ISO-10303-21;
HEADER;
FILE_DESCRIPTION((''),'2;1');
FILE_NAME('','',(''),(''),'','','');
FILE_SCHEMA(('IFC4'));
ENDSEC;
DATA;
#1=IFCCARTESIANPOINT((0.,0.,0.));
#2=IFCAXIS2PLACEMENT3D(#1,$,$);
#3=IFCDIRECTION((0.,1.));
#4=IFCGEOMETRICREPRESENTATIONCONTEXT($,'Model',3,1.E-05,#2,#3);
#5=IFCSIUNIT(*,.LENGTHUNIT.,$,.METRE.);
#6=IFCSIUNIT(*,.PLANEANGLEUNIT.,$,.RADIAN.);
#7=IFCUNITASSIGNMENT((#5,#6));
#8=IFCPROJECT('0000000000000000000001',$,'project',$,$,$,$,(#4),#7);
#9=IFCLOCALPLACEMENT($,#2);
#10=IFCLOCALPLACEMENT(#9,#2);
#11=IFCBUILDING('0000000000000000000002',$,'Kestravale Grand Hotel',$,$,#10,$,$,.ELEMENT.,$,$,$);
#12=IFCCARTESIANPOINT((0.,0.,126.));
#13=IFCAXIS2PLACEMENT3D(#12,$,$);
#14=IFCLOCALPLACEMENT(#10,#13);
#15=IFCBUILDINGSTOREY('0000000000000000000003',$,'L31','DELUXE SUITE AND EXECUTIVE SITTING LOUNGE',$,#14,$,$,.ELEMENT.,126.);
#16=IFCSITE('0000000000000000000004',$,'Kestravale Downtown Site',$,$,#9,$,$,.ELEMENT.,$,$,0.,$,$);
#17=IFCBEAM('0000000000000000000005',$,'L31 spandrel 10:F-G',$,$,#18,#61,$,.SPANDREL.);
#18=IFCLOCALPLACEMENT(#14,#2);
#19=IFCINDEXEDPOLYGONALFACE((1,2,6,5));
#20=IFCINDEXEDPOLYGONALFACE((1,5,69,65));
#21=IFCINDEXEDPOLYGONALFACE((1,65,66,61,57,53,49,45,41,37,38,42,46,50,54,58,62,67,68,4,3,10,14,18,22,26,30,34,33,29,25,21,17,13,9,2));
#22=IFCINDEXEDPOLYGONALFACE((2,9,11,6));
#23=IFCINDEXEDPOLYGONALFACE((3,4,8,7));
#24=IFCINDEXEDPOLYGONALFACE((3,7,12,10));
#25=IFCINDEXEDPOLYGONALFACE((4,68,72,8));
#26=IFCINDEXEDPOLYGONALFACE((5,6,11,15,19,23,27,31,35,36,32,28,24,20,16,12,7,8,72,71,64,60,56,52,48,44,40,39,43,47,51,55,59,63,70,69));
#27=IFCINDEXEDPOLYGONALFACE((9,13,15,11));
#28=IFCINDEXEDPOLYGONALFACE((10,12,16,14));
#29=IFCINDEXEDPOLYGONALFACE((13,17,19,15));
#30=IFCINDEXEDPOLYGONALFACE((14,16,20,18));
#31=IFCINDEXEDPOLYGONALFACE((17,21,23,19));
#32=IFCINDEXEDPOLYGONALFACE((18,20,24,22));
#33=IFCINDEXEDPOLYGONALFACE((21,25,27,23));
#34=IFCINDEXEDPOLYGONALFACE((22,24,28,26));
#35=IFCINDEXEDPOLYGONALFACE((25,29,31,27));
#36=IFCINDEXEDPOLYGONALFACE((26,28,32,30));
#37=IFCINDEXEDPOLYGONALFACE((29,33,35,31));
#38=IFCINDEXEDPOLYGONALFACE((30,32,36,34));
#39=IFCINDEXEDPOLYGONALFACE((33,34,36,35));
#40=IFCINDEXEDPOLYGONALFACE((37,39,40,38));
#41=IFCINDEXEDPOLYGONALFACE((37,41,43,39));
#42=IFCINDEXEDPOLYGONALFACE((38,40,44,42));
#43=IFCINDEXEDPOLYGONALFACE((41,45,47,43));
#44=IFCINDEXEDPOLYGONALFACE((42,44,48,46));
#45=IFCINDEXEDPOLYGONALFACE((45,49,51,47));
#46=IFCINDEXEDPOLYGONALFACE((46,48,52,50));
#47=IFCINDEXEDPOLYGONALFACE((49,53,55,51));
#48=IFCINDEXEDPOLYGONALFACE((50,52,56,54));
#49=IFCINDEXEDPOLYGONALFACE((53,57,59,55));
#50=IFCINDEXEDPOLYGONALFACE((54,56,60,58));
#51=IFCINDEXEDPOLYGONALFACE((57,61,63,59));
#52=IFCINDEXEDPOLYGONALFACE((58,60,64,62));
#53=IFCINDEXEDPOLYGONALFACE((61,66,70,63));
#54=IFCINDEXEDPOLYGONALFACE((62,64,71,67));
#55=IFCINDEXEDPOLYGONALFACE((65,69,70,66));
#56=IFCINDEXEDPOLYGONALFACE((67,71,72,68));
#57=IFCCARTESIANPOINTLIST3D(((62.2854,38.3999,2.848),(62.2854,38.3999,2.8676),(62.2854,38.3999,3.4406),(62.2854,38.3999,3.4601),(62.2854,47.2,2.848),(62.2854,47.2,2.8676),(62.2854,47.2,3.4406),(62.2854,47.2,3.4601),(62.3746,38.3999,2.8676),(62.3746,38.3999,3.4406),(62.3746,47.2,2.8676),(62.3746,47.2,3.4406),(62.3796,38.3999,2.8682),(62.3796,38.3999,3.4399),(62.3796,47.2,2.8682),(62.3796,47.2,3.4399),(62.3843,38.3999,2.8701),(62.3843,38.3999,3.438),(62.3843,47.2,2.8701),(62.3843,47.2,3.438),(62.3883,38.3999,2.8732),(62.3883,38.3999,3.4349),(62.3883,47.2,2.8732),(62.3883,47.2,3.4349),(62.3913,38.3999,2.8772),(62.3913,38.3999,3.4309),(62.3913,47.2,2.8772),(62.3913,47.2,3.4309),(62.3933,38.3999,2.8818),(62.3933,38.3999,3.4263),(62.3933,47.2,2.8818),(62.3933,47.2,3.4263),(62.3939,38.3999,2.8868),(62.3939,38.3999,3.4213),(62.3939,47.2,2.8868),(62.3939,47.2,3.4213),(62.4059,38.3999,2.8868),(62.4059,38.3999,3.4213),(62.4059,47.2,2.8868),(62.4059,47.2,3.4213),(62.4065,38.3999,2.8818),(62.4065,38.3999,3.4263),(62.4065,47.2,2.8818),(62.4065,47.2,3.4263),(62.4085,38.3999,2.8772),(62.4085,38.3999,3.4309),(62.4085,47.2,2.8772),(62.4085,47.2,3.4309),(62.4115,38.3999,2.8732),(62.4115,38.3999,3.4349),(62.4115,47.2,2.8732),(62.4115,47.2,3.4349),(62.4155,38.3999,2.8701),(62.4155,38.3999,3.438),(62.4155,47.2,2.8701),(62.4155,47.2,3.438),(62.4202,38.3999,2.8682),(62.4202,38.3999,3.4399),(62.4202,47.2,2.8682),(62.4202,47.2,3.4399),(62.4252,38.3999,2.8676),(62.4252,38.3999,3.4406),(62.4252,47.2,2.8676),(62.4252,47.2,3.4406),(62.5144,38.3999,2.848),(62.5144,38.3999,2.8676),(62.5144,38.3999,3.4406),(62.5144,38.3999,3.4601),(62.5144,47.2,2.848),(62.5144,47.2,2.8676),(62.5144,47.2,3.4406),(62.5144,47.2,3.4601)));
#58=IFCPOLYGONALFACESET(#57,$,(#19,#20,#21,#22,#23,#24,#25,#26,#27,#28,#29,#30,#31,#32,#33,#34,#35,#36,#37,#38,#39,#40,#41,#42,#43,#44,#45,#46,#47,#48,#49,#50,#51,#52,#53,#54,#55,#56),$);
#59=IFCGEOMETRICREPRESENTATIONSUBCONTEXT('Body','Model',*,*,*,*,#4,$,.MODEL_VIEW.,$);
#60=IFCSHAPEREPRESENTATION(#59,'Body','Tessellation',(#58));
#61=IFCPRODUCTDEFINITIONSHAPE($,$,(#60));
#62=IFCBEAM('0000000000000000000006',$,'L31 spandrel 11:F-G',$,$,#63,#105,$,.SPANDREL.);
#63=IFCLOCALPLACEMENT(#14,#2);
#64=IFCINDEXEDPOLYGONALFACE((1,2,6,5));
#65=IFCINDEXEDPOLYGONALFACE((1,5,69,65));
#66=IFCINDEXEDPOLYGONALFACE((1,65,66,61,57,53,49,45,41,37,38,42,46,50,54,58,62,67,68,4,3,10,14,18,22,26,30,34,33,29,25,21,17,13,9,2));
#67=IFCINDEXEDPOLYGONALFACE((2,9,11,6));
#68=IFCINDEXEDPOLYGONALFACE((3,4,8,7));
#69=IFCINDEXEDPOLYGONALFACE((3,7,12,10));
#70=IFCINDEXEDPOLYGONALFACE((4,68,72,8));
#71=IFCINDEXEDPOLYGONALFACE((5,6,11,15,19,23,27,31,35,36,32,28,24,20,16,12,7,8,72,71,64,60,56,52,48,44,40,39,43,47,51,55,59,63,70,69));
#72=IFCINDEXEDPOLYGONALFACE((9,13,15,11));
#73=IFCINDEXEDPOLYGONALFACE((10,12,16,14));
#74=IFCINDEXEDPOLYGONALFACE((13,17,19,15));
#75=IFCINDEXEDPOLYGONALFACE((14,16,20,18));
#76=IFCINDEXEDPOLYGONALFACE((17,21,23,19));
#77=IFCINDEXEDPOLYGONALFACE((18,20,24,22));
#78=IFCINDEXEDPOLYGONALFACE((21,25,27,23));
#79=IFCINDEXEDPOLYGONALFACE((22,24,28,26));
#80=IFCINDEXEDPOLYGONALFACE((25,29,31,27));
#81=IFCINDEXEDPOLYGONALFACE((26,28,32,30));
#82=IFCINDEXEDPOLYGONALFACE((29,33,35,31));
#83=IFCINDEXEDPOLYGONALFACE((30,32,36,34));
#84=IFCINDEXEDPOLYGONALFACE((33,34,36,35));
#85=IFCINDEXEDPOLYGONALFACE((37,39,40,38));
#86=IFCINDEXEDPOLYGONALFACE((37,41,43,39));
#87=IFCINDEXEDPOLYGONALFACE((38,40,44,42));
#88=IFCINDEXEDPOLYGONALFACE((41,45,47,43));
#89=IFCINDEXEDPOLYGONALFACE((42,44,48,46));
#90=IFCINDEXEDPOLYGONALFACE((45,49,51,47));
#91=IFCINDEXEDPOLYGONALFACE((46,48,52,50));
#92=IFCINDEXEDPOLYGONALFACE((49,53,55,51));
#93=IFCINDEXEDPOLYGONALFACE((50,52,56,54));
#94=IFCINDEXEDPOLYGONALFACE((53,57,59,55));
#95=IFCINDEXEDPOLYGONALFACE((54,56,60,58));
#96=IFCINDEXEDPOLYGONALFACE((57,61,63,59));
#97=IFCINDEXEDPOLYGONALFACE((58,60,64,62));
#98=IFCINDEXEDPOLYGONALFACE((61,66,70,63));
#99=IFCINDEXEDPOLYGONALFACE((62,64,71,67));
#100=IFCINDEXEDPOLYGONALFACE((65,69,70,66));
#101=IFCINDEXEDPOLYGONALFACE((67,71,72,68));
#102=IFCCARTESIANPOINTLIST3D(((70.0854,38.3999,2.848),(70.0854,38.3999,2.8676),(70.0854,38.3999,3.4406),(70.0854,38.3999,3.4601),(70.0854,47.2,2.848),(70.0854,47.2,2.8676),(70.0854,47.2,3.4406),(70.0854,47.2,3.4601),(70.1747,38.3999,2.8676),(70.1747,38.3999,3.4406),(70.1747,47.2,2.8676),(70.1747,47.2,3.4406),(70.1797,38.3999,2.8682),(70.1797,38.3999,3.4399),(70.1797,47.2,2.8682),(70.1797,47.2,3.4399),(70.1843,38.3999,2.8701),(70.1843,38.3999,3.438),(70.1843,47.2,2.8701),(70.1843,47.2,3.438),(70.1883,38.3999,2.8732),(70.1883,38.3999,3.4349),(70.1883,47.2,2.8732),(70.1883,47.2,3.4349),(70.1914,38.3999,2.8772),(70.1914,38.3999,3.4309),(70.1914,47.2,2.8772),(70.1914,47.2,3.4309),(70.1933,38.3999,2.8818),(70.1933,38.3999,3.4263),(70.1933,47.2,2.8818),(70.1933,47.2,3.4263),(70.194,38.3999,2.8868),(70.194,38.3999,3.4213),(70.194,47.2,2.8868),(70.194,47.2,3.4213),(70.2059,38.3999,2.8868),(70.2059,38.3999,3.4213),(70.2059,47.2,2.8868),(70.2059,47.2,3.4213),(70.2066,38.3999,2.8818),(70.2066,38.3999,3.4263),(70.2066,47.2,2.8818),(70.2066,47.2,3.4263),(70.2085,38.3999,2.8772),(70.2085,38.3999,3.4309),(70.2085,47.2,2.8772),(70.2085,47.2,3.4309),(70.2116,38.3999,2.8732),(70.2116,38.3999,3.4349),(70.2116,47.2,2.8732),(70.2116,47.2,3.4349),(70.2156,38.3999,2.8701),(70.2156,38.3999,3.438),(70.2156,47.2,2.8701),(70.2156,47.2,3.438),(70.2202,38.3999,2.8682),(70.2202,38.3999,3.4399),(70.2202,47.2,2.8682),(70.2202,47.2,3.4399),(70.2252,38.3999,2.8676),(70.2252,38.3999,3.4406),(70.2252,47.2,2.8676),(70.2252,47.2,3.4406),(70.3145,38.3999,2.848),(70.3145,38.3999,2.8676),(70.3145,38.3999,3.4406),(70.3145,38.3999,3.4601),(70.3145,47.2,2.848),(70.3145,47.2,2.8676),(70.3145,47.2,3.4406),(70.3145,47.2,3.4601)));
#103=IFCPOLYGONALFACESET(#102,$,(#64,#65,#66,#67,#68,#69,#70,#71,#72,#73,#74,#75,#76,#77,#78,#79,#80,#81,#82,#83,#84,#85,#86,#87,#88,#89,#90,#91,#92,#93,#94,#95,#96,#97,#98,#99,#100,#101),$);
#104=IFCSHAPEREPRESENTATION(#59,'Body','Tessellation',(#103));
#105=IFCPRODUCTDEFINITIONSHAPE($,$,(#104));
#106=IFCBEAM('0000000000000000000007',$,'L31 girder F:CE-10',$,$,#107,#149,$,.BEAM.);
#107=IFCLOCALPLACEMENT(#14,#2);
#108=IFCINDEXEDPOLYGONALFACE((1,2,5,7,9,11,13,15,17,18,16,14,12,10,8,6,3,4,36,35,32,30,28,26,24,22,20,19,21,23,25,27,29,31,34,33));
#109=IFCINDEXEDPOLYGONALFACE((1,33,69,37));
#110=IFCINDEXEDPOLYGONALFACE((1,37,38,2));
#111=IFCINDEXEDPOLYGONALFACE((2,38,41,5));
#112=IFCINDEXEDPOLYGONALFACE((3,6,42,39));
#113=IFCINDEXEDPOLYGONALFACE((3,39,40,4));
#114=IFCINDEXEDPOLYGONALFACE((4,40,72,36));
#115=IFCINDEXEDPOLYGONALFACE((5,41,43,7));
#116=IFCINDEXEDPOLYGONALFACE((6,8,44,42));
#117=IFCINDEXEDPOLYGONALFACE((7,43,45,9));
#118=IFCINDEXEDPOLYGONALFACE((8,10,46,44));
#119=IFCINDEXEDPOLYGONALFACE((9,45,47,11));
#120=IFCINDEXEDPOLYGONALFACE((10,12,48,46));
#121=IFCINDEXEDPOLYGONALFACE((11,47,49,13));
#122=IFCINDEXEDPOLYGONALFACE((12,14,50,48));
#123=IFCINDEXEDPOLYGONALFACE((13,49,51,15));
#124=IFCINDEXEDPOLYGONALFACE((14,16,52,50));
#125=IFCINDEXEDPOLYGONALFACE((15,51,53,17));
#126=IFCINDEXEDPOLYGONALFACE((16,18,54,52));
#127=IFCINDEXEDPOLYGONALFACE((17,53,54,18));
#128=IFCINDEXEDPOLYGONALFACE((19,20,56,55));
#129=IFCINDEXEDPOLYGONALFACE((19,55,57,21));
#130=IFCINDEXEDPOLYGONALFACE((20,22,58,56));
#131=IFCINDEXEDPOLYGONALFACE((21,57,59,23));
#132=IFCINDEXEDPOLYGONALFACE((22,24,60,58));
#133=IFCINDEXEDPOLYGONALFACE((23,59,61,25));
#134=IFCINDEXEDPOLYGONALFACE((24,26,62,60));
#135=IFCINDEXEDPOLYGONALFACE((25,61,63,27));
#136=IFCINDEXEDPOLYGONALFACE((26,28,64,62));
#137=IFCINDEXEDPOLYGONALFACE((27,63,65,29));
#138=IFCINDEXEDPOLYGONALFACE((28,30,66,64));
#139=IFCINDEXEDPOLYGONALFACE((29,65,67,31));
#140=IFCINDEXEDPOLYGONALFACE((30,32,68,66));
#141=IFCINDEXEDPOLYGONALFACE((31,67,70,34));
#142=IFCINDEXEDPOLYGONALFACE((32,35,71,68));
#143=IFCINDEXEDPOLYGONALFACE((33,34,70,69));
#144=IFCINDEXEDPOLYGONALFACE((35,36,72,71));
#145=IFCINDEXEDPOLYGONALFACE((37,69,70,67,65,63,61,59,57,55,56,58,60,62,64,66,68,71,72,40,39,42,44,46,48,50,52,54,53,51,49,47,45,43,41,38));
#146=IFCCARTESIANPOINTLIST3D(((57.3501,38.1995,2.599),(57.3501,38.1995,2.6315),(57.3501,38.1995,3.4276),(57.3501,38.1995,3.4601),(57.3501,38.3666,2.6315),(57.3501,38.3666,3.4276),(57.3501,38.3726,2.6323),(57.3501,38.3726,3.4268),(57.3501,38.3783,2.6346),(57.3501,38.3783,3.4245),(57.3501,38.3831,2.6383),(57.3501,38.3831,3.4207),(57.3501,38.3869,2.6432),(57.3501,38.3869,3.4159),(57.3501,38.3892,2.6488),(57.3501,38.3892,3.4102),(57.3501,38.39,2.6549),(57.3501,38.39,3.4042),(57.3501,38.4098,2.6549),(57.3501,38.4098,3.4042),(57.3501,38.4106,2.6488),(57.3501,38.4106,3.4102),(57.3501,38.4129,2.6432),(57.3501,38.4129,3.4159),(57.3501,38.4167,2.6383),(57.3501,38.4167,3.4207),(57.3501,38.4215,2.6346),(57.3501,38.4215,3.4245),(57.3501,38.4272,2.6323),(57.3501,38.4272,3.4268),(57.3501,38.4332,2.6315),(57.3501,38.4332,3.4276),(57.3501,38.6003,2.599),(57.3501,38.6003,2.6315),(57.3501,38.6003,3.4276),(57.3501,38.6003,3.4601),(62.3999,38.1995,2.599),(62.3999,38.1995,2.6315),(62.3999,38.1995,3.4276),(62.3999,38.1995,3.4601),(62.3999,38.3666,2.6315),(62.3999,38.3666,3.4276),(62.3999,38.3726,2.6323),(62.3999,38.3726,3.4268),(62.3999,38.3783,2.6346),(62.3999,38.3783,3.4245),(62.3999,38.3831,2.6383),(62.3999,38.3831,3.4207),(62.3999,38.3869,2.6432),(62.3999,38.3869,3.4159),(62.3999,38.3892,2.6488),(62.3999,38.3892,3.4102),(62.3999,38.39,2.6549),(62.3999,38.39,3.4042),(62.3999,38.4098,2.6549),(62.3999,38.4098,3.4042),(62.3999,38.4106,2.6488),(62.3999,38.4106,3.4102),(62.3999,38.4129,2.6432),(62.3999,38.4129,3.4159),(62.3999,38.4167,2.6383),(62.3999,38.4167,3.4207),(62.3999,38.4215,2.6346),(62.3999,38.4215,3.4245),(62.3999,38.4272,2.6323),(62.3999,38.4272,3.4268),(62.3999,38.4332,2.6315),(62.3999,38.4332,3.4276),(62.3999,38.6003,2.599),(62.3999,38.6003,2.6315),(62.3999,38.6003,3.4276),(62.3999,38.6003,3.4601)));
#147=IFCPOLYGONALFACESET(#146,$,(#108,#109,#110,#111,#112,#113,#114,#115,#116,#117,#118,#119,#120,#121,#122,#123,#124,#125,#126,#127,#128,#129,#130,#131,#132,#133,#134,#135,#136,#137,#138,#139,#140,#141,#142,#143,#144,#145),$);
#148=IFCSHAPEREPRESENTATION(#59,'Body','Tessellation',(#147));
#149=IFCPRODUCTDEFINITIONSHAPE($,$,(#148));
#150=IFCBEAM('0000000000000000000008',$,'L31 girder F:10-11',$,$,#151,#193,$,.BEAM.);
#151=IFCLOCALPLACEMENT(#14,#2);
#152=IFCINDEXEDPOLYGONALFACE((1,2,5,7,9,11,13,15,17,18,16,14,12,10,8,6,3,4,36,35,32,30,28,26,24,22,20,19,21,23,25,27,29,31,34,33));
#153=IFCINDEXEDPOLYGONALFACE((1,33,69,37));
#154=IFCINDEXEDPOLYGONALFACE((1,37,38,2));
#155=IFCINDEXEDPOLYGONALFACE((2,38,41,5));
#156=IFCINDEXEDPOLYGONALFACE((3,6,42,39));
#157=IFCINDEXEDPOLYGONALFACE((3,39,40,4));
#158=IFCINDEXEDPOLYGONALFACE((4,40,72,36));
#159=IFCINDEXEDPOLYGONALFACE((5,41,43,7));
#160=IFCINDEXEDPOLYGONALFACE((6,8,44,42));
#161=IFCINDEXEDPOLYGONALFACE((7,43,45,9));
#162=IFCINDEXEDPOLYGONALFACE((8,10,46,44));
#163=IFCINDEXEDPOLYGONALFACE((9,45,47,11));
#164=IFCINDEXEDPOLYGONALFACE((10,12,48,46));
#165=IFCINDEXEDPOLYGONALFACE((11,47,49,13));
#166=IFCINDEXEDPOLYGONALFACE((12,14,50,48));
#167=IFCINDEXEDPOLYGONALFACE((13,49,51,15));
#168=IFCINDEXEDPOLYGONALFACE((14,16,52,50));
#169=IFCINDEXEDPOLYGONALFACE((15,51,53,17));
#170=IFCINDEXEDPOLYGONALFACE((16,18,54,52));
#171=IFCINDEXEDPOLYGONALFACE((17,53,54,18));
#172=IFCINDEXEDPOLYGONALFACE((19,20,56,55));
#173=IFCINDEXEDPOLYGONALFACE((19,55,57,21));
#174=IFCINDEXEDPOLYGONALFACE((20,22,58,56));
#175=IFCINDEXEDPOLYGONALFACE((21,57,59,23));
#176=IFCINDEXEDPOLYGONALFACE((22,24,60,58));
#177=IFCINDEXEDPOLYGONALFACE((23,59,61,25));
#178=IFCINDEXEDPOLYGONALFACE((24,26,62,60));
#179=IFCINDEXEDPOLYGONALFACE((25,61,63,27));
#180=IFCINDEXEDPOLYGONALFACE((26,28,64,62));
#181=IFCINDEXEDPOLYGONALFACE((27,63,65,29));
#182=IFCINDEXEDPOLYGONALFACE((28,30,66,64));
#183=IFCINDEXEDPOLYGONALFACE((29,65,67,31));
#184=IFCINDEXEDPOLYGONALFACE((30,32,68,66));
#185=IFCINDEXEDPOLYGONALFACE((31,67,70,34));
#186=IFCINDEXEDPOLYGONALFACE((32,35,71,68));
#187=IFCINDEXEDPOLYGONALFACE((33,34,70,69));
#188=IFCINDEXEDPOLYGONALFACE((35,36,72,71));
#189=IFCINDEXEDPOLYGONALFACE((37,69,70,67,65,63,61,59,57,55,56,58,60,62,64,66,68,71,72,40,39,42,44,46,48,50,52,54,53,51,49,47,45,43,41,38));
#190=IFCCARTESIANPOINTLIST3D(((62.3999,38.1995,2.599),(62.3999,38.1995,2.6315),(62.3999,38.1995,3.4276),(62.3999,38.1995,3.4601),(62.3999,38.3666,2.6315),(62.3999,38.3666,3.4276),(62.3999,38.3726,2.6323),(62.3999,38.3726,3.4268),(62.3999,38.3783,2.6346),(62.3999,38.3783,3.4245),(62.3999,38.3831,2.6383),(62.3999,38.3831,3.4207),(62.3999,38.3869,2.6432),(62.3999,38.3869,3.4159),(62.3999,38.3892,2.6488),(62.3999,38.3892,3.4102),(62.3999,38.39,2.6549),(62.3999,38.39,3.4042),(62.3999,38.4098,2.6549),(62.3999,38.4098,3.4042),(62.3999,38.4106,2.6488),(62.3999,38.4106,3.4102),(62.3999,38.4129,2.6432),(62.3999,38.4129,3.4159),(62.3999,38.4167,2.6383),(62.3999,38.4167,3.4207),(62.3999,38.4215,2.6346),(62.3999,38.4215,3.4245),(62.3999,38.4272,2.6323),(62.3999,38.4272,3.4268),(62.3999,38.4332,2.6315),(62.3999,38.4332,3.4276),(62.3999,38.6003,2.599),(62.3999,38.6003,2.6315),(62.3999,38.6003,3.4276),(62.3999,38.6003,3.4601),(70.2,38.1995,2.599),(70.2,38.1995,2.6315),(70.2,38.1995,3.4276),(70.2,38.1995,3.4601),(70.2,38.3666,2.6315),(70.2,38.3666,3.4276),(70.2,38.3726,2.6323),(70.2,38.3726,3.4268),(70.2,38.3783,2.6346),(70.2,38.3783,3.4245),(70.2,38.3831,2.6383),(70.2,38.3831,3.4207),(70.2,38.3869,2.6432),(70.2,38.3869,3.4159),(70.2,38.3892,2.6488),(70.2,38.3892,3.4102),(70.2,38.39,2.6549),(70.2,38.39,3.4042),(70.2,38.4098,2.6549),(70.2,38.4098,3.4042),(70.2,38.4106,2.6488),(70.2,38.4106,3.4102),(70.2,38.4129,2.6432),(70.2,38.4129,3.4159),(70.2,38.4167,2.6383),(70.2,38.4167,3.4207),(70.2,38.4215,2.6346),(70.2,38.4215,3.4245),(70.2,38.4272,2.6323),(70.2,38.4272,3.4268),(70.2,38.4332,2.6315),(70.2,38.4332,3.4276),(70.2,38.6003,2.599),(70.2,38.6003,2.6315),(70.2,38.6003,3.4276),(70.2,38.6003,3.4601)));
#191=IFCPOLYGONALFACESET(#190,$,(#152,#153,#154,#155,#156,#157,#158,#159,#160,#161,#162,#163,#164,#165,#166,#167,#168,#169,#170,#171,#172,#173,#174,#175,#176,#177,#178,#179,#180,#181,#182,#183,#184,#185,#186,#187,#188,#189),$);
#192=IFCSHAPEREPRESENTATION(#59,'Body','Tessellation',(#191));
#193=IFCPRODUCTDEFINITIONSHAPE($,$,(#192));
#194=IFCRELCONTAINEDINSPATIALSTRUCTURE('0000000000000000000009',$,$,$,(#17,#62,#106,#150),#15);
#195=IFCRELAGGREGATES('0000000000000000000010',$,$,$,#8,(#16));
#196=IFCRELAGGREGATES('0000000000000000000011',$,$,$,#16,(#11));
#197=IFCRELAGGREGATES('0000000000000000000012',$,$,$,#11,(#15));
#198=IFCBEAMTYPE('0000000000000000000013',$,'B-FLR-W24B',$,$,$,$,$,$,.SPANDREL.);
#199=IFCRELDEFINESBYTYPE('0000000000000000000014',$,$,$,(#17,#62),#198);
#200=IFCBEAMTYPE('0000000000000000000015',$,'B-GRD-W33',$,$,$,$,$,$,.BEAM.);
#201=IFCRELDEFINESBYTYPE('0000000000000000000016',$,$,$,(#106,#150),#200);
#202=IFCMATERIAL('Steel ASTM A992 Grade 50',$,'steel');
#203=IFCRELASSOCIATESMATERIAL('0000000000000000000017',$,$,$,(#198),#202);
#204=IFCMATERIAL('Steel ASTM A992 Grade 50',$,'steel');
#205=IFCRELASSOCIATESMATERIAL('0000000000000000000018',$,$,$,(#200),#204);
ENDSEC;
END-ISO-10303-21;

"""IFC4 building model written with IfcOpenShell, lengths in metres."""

from ifc_helpers import new_model, si_unit, direction, frame, origin, origin_2d, place, context, subcontext, project, spatial, i_section, extrude, material, material_profile, profile_set, type_object, element, save


model = new_model("IFC4")

# Units and contexts
model_context = context("Model", 3, precision=1e-05, world=origin(), true_north=direction((0.0, 1.0)))
body_context = subcontext(model_context, "Body", "Model", "MODEL_VIEW")
ifc_project = project(units=[si_unit("LENGTHUNIT", "METRE"), si_unit("PLANEANGLEUNIT", "RADIAN")], contexts=[model_context])

# Site, building, storey
site_placement = place(None, origin())
site = spatial("IfcSite", under=ifc_project, at=site_placement, Name="Kestravale Downtown Site", CompositionType="ELEMENT", RefElevation=0.0)
building_placement = place(site_placement, origin())
building = spatial("IfcBuilding", under=site, at=building_placement, Name="Kestravale Grand Hotel", CompositionType="ELEMENT")
storey_placement = place(building_placement, frame((0.0, 0.0, 126.0)))
storey = spatial("IfcBuildingStorey", under=building, at=storey_placement, Name="L31", Description="DELUXE SUITE AND EXECUTIVE SITTING LOUNGE", CompositionType="ELEMENT", Elevation=126.0)

# Beams
ifc_material_1 = material(Name="Steel ASTM A992 Grade 50", Category="steel")
ifc_material_profile_1 = material_profile(ifc_material_1, i_section(OverallWidth=0.229, OverallDepth=0.6121, WebThickness=0.012, FlangeThickness=0.0195, FilletRadius=0.0193, at=origin_2d()))
ifc_profile_set_1 = profile_set([ifc_material_profile_1], Name="Steel ASTM A992 Grade 50")
beam_type_1 = type_object("IfcBeamType", Name="B-FLR-W24B", PredefinedType="SPANDREL", material=ifc_profile_set_1)
for number, where, z_axis, x_axis, name in (
    (1, (62.3999, 38.3999, 3.1541), (0.0, 1.0, 0.0), (-1.0, 0.0, 0.0), "L31 spandrel 10:F-G"),
    (2, (70.2, 38.3999, 3.1541), (0.0, 1.0, 0.0), (-1.0, 0.0, 0.0), "L31 spandrel 11:F-G"),
):
    element("IfcBeam", number, at=place(storey_placement, frame(where, z_axis=z_axis, x_axis=x_axis)), inside=storey, type_object=beam_type_1, Name=name, PredefinedType="SPANDREL", context=body_context, shape_type="SweptSolid", body=[
        extrude(i_section(OverallWidth=0.229, OverallDepth=0.6121, WebThickness=0.012, FlangeThickness=0.0195, FilletRadius=0.0193, at=origin_2d()), origin(), (0.0, 0.0, 1.0), 8.8),
    ])
ifc_material_2 = material(Name="Steel ASTM A992 Grade 50", Category="steel")
ifc_material_profile_2 = material_profile(ifc_material_2, i_section(OverallWidth=0.4009, OverallDepth=0.8611, WebThickness=0.0198, FlangeThickness=0.0325, FilletRadius=0.0234, at=origin_2d()))
ifc_profile_set_2 = profile_set([ifc_material_profile_2], Name="Steel ASTM A992 Grade 50")
beam_type_2 = type_object("IfcBeamType", Name="B-GRD-W33", PredefinedType="BEAM", material=ifc_profile_set_2)
beam_1_placement = place(storey_placement, frame((57.3501, 38.3999, 3.0295), z_axis=(1.0, 0.0, 0.0), x_axis=(0.0, 1.0, 0.0)))
element("IfcBeam", 3, at=beam_1_placement, inside=storey, type_object=beam_type_2, Name="L31 girder F:CE-10", PredefinedType="BEAM", context=body_context, shape_type="SweptSolid", body=[
    extrude(i_section(OverallWidth=0.4009, OverallDepth=0.8611, WebThickness=0.0198, FlangeThickness=0.0325, FilletRadius=0.0234, at=origin_2d()), origin(), (0.0, 0.0, 1.0), 5.0498),
])
beam_2_placement = place(storey_placement, frame((62.3999, 38.3999, 3.0295), z_axis=(1.0, 0.0, 0.0), x_axis=(0.0, 1.0, 0.0)))
element("IfcBeam", 4, at=beam_2_placement, inside=storey, type_object=beam_type_2, Name="L31 girder F:10-11", PredefinedType="BEAM", context=body_context, shape_type="SweptSolid", body=[
    extrude(i_section(OverallWidth=0.4009, OverallDepth=0.8611, WebThickness=0.0198, FlangeThickness=0.0325, FilletRadius=0.0234, at=origin_2d()), origin(), (0.0, 0.0, 1.0), 7.8),
])

save(model, "model.ifc")
